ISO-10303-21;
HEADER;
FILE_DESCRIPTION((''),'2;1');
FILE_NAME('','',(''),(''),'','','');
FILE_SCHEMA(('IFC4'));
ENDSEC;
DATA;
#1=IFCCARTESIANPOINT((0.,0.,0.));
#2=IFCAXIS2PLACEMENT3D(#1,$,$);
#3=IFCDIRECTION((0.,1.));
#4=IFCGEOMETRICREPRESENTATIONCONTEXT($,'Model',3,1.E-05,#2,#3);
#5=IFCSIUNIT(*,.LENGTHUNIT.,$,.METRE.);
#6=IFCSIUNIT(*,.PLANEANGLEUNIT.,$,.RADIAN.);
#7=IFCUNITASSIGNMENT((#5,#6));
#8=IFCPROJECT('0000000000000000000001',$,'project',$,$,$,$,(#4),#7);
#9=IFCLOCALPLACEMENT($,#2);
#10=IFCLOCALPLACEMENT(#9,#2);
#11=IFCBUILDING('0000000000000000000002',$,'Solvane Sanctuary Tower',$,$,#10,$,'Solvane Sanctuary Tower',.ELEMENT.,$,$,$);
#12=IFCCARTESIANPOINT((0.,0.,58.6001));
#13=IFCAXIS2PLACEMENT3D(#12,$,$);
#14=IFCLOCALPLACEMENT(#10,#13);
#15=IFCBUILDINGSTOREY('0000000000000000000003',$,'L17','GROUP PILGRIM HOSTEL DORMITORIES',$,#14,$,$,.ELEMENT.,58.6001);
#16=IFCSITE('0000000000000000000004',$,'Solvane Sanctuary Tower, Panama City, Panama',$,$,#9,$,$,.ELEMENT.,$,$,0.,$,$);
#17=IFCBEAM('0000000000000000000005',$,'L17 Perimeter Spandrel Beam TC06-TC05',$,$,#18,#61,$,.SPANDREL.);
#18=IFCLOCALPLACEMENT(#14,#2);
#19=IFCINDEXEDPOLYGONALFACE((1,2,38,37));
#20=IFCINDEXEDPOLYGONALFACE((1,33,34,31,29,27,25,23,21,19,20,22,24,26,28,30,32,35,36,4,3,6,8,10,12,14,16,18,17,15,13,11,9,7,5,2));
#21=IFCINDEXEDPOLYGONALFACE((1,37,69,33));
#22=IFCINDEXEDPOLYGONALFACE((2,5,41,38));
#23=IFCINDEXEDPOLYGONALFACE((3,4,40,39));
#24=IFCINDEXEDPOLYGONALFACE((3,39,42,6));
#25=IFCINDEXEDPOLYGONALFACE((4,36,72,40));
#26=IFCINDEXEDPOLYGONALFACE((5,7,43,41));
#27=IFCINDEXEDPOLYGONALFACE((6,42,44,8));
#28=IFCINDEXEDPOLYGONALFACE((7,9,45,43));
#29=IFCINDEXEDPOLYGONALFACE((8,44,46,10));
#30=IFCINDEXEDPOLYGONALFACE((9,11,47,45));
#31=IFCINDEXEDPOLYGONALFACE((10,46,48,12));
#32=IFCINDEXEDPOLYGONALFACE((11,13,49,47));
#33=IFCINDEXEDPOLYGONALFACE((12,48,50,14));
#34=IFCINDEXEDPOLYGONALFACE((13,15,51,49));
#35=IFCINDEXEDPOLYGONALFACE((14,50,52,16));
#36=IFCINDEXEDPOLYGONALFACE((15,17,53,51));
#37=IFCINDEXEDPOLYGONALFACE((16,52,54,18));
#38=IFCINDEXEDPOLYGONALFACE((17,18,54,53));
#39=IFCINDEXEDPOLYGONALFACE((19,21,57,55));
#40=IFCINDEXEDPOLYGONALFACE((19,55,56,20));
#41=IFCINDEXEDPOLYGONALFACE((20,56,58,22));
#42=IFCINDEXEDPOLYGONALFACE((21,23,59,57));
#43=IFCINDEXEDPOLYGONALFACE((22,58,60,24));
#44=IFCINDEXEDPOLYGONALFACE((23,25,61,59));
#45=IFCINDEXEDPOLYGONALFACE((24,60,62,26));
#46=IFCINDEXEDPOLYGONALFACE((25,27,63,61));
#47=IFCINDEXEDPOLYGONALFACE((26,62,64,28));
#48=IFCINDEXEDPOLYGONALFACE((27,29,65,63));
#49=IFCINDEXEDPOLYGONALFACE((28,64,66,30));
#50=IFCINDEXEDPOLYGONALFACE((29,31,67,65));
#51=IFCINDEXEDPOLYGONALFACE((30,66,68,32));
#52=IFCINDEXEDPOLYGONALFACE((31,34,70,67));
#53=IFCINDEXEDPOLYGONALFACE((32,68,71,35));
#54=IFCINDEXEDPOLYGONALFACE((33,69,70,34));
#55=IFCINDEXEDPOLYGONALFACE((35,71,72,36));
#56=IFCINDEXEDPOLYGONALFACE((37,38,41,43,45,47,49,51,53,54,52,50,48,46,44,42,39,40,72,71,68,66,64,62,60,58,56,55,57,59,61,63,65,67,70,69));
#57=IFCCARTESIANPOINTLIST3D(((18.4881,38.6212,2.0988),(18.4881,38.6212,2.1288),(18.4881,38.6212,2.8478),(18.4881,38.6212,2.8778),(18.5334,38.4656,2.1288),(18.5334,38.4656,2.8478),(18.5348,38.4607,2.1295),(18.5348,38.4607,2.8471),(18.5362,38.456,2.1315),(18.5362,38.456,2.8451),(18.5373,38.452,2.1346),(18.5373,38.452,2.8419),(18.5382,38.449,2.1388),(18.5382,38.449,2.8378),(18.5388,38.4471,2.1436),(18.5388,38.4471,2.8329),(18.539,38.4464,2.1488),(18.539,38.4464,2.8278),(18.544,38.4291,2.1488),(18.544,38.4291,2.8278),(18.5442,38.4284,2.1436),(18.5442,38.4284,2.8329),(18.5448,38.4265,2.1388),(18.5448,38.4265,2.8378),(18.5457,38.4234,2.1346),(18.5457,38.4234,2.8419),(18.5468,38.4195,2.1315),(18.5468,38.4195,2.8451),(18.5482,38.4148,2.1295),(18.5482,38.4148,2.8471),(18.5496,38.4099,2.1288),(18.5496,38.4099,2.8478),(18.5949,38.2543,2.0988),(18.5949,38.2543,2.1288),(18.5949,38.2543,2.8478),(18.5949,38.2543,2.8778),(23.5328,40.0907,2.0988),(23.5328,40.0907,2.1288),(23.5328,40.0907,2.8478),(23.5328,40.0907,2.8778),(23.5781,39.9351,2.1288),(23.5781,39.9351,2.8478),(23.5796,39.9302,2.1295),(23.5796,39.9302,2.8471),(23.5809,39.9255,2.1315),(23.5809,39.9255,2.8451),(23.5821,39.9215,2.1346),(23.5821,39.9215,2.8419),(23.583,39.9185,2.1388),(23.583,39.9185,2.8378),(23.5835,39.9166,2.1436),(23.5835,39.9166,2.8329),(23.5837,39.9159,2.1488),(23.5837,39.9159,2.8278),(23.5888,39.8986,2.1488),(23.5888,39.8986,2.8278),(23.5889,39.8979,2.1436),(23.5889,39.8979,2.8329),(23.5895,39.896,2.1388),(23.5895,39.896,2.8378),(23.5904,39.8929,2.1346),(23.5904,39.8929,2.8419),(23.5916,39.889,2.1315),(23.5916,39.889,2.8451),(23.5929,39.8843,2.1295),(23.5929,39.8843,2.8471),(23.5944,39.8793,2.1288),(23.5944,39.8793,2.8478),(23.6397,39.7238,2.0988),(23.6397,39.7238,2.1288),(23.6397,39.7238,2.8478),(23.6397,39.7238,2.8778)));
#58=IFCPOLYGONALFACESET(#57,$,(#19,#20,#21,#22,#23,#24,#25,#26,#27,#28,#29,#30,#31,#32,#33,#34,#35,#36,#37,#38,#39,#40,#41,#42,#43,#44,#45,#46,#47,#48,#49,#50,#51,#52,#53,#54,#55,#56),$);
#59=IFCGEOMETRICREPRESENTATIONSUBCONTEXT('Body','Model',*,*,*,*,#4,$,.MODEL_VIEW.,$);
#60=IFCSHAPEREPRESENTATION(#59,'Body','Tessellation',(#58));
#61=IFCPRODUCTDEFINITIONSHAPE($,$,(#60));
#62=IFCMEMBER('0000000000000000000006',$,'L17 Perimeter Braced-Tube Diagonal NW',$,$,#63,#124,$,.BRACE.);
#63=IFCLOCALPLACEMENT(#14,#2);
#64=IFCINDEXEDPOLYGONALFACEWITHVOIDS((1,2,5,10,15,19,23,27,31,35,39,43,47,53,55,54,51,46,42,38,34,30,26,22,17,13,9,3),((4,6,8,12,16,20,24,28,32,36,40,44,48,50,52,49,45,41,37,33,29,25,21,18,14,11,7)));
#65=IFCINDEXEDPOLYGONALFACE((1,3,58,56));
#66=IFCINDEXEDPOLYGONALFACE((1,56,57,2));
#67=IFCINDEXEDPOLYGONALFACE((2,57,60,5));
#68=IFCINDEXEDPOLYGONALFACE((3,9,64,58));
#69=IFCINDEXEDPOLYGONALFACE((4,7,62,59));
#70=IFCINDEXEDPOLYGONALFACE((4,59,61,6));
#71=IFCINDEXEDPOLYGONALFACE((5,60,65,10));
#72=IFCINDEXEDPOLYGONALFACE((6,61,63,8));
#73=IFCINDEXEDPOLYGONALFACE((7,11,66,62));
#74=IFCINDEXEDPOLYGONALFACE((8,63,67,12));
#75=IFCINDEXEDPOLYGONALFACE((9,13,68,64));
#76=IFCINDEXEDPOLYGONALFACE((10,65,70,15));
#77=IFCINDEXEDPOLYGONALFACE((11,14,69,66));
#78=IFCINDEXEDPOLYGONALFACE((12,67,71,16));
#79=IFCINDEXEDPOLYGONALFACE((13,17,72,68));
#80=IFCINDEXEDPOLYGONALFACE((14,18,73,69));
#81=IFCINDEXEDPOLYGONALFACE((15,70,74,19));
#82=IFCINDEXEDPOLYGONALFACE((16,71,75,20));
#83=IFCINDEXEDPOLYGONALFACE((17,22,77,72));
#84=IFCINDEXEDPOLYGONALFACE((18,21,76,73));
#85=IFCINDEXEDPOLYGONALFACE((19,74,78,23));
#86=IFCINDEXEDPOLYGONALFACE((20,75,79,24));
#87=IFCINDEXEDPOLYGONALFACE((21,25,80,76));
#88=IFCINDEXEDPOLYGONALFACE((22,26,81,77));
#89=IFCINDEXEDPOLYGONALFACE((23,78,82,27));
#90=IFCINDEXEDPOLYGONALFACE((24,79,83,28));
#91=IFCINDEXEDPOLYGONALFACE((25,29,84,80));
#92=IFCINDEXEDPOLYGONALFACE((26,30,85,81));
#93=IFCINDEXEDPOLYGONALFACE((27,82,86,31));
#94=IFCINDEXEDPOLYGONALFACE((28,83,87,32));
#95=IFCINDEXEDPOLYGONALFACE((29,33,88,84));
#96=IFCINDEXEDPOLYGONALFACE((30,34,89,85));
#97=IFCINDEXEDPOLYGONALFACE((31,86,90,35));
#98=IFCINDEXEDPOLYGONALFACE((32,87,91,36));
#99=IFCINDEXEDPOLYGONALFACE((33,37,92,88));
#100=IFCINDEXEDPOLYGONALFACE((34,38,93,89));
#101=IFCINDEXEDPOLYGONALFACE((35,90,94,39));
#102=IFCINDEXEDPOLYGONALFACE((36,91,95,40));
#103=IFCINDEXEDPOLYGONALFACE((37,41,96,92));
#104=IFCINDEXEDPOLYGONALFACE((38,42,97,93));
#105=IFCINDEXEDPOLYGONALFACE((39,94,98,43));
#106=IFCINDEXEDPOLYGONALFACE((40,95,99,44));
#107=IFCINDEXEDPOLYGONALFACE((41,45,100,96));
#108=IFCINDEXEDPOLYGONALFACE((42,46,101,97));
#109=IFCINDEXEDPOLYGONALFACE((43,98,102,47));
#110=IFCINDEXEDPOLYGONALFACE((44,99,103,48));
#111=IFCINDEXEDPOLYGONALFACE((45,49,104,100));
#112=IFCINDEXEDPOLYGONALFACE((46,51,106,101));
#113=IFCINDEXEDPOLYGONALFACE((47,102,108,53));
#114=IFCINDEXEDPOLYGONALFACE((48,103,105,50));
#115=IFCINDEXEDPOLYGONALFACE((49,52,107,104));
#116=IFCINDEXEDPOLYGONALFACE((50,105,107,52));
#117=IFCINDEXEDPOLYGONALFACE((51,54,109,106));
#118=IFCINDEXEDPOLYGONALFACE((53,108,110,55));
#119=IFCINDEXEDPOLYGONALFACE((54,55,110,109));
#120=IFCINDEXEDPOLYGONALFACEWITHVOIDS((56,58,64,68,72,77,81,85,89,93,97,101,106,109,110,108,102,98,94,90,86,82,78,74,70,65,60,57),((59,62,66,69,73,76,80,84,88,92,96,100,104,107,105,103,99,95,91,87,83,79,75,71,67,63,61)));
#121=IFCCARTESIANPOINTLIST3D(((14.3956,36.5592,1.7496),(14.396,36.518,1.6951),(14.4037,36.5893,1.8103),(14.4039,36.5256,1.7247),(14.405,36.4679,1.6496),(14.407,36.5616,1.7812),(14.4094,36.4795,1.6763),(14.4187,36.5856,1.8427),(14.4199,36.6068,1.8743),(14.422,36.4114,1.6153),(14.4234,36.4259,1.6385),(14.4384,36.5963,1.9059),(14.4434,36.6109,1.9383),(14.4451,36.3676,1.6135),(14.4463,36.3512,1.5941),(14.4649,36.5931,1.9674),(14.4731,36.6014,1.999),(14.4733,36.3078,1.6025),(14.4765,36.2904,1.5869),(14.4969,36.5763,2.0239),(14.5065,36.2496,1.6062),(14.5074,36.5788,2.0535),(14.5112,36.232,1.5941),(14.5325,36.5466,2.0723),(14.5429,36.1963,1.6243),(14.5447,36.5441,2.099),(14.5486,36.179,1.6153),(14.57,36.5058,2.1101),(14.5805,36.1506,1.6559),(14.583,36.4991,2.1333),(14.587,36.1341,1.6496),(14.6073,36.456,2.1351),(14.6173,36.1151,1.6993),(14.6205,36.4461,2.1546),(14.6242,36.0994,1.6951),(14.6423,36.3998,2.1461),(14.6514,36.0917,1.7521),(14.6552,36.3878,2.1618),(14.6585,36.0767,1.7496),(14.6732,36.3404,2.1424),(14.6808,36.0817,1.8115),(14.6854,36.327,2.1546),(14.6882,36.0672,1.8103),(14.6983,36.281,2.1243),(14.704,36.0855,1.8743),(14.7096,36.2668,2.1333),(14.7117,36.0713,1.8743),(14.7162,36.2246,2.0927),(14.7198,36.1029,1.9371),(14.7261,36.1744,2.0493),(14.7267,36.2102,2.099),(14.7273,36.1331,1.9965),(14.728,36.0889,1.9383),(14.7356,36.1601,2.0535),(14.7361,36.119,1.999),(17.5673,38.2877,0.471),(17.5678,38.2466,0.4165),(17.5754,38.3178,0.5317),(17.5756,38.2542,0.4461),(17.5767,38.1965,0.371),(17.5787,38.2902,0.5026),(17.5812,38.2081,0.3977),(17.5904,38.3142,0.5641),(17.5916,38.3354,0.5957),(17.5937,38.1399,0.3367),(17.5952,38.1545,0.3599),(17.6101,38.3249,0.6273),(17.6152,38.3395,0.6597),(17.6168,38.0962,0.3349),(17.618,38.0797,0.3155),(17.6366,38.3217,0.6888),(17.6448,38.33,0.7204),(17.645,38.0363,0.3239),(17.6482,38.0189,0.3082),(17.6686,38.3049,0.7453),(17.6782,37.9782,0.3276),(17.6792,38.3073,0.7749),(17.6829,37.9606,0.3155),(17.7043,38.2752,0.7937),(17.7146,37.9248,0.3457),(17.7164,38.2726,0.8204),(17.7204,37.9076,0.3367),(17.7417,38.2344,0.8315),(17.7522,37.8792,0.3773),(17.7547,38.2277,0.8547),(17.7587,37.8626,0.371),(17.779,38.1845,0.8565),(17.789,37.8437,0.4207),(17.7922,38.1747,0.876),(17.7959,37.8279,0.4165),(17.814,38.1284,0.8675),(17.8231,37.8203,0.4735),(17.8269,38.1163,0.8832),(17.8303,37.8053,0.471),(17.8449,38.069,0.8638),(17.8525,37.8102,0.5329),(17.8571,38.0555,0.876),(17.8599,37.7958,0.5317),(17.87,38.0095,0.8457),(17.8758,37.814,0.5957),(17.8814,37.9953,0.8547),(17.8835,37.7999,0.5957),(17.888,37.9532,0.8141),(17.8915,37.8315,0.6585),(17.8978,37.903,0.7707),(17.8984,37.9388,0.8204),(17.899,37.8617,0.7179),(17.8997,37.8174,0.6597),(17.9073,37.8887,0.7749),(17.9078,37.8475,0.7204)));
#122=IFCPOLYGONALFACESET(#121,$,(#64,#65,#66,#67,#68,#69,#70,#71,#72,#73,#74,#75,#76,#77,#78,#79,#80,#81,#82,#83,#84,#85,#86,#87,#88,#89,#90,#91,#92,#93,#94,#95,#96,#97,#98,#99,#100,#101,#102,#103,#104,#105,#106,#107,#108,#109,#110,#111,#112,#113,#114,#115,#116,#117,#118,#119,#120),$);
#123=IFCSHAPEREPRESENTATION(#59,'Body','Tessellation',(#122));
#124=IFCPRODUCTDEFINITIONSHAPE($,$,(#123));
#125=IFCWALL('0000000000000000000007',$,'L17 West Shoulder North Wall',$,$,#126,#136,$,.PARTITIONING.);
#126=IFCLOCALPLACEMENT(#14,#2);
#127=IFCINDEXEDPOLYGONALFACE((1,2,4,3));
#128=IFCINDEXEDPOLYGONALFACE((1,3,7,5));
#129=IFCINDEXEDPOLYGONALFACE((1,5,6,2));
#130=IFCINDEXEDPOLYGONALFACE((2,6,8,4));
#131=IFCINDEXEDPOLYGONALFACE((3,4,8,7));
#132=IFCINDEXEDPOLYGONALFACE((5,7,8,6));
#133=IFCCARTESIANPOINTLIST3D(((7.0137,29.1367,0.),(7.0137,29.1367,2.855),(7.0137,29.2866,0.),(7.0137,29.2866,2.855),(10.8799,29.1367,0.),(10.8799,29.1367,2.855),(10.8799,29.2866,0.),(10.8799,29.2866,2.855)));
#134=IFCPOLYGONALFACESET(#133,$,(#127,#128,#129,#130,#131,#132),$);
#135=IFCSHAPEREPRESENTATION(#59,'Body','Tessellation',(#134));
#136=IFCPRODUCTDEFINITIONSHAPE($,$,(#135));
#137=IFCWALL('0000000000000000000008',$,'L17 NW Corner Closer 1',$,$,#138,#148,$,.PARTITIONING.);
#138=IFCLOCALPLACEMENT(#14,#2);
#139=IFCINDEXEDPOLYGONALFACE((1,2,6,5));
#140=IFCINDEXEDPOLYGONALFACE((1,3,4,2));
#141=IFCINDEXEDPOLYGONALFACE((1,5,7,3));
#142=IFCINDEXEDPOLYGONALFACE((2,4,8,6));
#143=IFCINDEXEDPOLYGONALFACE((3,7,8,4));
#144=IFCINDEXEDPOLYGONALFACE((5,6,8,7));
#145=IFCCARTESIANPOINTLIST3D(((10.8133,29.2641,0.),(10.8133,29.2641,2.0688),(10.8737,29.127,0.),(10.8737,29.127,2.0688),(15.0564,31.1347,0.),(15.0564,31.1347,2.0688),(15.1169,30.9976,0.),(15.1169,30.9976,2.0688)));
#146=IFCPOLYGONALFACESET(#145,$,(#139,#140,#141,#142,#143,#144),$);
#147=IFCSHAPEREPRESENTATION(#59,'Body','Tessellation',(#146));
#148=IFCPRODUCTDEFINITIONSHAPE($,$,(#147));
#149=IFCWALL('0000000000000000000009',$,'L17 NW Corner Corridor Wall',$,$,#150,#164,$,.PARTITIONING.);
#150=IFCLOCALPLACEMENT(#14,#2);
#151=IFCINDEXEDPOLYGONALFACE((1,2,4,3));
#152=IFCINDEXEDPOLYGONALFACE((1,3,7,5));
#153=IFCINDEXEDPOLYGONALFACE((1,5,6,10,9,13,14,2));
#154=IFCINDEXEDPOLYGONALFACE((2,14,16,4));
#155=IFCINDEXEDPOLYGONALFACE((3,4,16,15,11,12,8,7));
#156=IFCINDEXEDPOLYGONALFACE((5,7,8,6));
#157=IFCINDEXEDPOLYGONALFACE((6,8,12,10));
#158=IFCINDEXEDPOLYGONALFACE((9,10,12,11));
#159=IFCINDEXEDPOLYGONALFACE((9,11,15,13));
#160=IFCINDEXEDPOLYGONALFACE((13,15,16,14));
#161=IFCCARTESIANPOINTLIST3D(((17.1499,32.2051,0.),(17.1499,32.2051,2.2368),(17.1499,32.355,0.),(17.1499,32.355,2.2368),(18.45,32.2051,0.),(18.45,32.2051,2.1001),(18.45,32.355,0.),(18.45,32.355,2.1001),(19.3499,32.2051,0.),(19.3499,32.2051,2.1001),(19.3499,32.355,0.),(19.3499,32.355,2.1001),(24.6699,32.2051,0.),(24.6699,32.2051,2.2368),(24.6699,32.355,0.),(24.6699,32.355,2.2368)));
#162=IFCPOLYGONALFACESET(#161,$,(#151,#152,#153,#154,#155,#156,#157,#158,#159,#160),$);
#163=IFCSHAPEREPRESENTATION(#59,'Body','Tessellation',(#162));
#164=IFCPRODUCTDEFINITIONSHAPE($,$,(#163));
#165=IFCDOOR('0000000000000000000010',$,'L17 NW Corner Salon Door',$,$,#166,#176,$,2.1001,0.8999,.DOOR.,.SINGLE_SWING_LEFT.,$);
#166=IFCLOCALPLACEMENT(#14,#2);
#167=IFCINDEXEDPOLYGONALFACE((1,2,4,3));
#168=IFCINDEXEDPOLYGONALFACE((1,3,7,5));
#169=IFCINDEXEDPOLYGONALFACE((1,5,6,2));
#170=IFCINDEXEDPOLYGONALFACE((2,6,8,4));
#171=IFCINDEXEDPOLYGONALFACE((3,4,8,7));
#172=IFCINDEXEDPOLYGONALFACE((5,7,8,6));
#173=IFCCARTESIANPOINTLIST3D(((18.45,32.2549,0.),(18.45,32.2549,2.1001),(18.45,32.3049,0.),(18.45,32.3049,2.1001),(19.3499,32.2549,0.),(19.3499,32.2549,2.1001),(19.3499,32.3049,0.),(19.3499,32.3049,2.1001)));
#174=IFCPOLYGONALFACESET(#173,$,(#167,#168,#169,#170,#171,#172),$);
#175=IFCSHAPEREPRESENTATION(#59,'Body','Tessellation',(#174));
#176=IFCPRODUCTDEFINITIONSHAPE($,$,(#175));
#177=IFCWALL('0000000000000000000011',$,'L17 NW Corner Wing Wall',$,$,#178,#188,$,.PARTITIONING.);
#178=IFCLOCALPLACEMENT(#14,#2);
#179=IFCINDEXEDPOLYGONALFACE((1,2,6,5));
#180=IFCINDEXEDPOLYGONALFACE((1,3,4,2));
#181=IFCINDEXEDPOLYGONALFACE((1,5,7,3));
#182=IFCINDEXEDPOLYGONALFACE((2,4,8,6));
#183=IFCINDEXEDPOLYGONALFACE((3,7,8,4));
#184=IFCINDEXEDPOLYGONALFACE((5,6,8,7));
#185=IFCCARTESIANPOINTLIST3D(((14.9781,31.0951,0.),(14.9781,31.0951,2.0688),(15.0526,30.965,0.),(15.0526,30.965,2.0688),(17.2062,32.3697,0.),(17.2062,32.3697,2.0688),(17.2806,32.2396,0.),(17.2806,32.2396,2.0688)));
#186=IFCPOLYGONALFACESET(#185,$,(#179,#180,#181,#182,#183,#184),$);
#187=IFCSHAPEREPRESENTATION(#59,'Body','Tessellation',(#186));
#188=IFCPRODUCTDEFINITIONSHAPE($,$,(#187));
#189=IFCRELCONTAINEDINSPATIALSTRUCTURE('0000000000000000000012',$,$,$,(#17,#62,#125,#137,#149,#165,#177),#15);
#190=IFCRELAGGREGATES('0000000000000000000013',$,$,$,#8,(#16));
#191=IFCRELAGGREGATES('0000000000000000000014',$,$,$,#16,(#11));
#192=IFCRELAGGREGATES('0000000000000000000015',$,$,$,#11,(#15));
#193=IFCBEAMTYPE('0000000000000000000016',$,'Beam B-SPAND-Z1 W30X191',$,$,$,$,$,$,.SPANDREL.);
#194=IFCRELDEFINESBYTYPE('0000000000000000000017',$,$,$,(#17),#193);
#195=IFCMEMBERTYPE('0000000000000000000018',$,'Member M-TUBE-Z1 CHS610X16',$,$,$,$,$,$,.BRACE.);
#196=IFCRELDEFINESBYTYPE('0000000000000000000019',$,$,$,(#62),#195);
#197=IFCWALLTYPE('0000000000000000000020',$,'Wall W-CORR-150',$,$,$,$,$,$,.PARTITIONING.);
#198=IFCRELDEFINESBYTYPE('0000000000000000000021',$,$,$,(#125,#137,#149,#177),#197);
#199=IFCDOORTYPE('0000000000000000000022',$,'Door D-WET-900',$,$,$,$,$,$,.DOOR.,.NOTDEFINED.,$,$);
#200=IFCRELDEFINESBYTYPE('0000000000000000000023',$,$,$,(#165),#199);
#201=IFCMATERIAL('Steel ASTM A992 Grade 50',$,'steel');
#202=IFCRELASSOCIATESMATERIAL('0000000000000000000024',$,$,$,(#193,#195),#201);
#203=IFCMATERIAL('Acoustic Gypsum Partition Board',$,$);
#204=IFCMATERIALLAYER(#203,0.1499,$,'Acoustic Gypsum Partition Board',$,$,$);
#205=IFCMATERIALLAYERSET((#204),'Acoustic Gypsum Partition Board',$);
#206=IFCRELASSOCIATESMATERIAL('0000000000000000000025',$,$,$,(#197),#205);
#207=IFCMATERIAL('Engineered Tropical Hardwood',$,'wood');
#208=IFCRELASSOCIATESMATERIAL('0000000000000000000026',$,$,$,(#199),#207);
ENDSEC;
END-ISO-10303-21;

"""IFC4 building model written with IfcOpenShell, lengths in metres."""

from ifc_helpers import new_model, si_unit, direction, frame, frame_2d, origin, origin_2d, place, context, subcontext, project, spatial, rectangle, hollow_circle, i_section, extrude, material, layer, layer_set, material_profile, profile_set, type_object, element, fill, save


model = new_model("IFC4")

# Units and contexts
model_context = context("Model", 3, precision=1e-05, world=origin(), true_north=direction((0.0, 1.0)))
body_context = subcontext(model_context, "Body", "Model", "MODEL_VIEW")
ifc_project = project(units=[si_unit("LENGTHUNIT", "METRE"), si_unit("PLANEANGLEUNIT", "RADIAN")], contexts=[model_context])

# Site, building, storey
site_placement = place(None, origin())
site = spatial("IfcSite", under=ifc_project, at=site_placement, Name="Solvane Sanctuary Tower, Panama City, Panama", CompositionType="ELEMENT", RefElevation=0.0)
building_placement = place(site_placement, origin())
building = spatial("IfcBuilding", under=site, at=building_placement, Name="Solvane Sanctuary Tower", LongName="Solvane Sanctuary Tower", CompositionType="ELEMENT")
storey_placement = place(building_placement, frame((0.0, 0.0, 58.6001)))
storey = spatial("IfcBuildingStorey", under=building, at=storey_placement, Name="L17", Description="GROUP PILGRIM HOSTEL DORMITORIES", CompositionType="ELEMENT", Elevation=58.6001)

# Beam
ifc_material_1 = material(Name="Steel ASTM A992 Grade 50", Category="steel")
ifc_material_profile_1 = material_profile(ifc_material_1, i_section(OverallWidth=0.3821, OverallDepth=0.7791, WebThickness=0.0181, FlangeThickness=0.03, FilletRadius=0.02, at=origin_2d()), Name="W30X191")
ifc_profile_set_1 = profile_set([ifc_material_profile_1], Name="Steel ASTM A992 Grade 50")
beam_type_1 = type_object("IfcBeamType", Name="Beam B-SPAND-Z1 W30X191", PredefinedType="SPANDREL", material=ifc_profile_set_1)
beam_1_placement = place(storey_placement, frame((18.5415, 38.4377, 2.4883), z_axis=(0.960096, 0.27967, 0.0), x_axis=(-0.27967, 0.960096, 0.0)))
element("IfcBeam", 1, at=beam_1_placement, inside=storey, type_object=beam_type_1, Name="L17 Perimeter Spandrel Beam TC06-TC05", PredefinedType="SPANDREL", context=body_context, shape_type="SweptSolid", body=[
    extrude(i_section(OverallWidth=0.3821, OverallDepth=0.7791, WebThickness=0.0181, FlangeThickness=0.03, FilletRadius=0.02, at=origin_2d()), origin(), (0.0, 0.0, 1.0), 5.2544),
])

# Member
ifc_material_profile_2 = material_profile(ifc_material_1, hollow_circle(Radius=0.3049, WallThickness=0.0161, at=origin_2d()), Name="CHS610X16")
ifc_profile_set_2 = profile_set([ifc_material_profile_2], Name="Steel ASTM A992 Grade 50")
member_type = type_object("IfcMemberType", Name="Member M-TUBE-Z1 CHS610X16", PredefinedType="BRACE", material=ifc_profile_set_2)
member_placement = place(storey_placement, frame((17.7375, 38.0676, 0.5957), z_axis=(-0.82774, -0.451112, 0.333683), x_axis=(0.47854, -0.878066, 0.0)))
element("IfcMember", 2, at=member_placement, inside=storey, type_object=member_type, Name="L17 Perimeter Braced-Tube Diagonal NW", PredefinedType="BRACE", context=body_context, shape_type="SweptSolid", body=[
    extrude(hollow_circle(Radius=0.3049, WallThickness=0.0161, at=origin_2d()), origin(), (0.0, 0.0, 1.0), 3.8318),
])

# Walls
ifc_material_2 = material(Name="Acoustic Gypsum Partition Board")
ifc_layer_1 = layer(ifc_material_2, 0.1499, Name="Acoustic Gypsum Partition Board")
ifc_layer_set_1 = layer_set([ifc_layer_1], Name="Acoustic Gypsum Partition Board")
wall_type_1 = type_object("IfcWallType", Name="Wall W-CORR-150", PredefinedType="PARTITIONING", material=ifc_layer_set_1)
wall_1_placement = place(storey_placement, frame((7.0137, 29.2117, 0.0), z_axis=(0.0, 0.0, 1.0), x_axis=(1.0, 0.0, 0.0)))
element("IfcWall", 3, at=wall_1_placement, inside=storey, type_object=wall_type_1, Name="L17 West Shoulder North Wall", PredefinedType="PARTITIONING", context=body_context, shape_type="SweptSolid", body=[
    extrude(rectangle(XDim=3.8662, YDim=0.1499, at=frame_2d((1.9331, 0.0))), origin(), (0.0, 0.0, 1.0), 2.855),
])
wall_2_placement = place(storey_placement, frame((10.8435, 29.1956, 0.0), z_axis=(0.0, 0.0, 1.0), x_axis=(0.915028, 0.403391, 0.0)))
element("IfcWall", 4, at=wall_2_placement, inside=storey, type_object=wall_type_1, Name="L17 NW Corner Closer 1", PredefinedType="PARTITIONING", context=body_context, shape_type="SweptSolid", body=[
    extrude(rectangle(XDim=4.6372, YDim=0.1499, at=frame_2d((2.3186, 0.0))), origin(), (0.0, 0.0, 1.0), 2.0688),
])

# Wall, opening, door
wall_3_placement = place(storey_placement, frame((17.1499, 32.28, 0.0), z_axis=(0.0, 0.0, 1.0), x_axis=(1.0, 0.0, 0.0)))
wall_3 = element("IfcWall", 5, at=wall_3_placement, inside=storey, type_object=wall_type_1, Name="L17 NW Corner Corridor Wall", PredefinedType="PARTITIONING", context=body_context, shape_type="SweptSolid", body=[
    extrude(rectangle(XDim=7.52, YDim=0.1499, at=frame_2d((3.76, 0.0))), origin(), (0.0, 0.0, 1.0), 2.2368),
])
opening_1_placement = place(wall_3_placement, frame((1.3, 0.0, 0.0)))
opening_1 = element("IfcOpeningElement", 6, at=opening_1_placement, cuts=wall_3, PredefinedType="OPENING", context=body_context, shape_type="SweptSolid", body=[
    extrude(rectangle(XDim=0.8999, YDim=2.1001, at=frame_2d((0.45, 1.05))), frame((0.0, 0.085, 0.0), z_axis=(0.0, -1.0, 0.0), x_axis=(1.0, 0.0, 0.0)), (0.0, 0.0, 1.0), 0.1699),
])
ifc_material_3 = material(Name="Engineered Tropical Hardwood", Category="wood")
door_type_1 = type_object("IfcDoorType", Name="Door D-WET-900", OperationType="NOTDEFINED", PredefinedType="DOOR", material=ifc_material_3)
door_1_placement = place(opening_1_placement, origin())
door_1 = element("IfcDoor", 7, at=door_1_placement, inside=storey, type_object=door_type_1, Name="L17 NW Corner Salon Door", OperationType="SINGLE_SWING_LEFT", OverallHeight=2.1001, OverallWidth=0.8999, PredefinedType="DOOR", context=body_context, shape_type="SweptSolid", body=[
    extrude(rectangle(XDim=0.8999, YDim=2.1001, at=frame_2d((0.45, 1.05))), frame((0.0, 0.0249, 0.0), z_axis=(0.0, -1.0, 0.0), x_axis=(1.0, 0.0, 0.0)), (0.0, 0.0, 1.0), 0.05),
])
fill(opening_1, door_1)

# Wall
wall_4_placement = place(storey_placement, frame((17.2434, 32.3047, 0.0), z_axis=(0.0, 0.0, 1.0), x_axis=(-0.867991, -0.496579, 0.0)))
element("IfcWall", 8, at=wall_4_placement, inside=storey, type_object=wall_type_1, Name="L17 NW Corner Wing Wall", PredefinedType="PARTITIONING", context=body_context, shape_type="SweptSolid", body=[
    extrude(rectangle(XDim=2.5669, YDim=0.1499, at=frame_2d((1.2834, 0.0))), origin(), (0.0, 0.0, 1.0), 2.0688),
])

save(model, "model.ifc")
